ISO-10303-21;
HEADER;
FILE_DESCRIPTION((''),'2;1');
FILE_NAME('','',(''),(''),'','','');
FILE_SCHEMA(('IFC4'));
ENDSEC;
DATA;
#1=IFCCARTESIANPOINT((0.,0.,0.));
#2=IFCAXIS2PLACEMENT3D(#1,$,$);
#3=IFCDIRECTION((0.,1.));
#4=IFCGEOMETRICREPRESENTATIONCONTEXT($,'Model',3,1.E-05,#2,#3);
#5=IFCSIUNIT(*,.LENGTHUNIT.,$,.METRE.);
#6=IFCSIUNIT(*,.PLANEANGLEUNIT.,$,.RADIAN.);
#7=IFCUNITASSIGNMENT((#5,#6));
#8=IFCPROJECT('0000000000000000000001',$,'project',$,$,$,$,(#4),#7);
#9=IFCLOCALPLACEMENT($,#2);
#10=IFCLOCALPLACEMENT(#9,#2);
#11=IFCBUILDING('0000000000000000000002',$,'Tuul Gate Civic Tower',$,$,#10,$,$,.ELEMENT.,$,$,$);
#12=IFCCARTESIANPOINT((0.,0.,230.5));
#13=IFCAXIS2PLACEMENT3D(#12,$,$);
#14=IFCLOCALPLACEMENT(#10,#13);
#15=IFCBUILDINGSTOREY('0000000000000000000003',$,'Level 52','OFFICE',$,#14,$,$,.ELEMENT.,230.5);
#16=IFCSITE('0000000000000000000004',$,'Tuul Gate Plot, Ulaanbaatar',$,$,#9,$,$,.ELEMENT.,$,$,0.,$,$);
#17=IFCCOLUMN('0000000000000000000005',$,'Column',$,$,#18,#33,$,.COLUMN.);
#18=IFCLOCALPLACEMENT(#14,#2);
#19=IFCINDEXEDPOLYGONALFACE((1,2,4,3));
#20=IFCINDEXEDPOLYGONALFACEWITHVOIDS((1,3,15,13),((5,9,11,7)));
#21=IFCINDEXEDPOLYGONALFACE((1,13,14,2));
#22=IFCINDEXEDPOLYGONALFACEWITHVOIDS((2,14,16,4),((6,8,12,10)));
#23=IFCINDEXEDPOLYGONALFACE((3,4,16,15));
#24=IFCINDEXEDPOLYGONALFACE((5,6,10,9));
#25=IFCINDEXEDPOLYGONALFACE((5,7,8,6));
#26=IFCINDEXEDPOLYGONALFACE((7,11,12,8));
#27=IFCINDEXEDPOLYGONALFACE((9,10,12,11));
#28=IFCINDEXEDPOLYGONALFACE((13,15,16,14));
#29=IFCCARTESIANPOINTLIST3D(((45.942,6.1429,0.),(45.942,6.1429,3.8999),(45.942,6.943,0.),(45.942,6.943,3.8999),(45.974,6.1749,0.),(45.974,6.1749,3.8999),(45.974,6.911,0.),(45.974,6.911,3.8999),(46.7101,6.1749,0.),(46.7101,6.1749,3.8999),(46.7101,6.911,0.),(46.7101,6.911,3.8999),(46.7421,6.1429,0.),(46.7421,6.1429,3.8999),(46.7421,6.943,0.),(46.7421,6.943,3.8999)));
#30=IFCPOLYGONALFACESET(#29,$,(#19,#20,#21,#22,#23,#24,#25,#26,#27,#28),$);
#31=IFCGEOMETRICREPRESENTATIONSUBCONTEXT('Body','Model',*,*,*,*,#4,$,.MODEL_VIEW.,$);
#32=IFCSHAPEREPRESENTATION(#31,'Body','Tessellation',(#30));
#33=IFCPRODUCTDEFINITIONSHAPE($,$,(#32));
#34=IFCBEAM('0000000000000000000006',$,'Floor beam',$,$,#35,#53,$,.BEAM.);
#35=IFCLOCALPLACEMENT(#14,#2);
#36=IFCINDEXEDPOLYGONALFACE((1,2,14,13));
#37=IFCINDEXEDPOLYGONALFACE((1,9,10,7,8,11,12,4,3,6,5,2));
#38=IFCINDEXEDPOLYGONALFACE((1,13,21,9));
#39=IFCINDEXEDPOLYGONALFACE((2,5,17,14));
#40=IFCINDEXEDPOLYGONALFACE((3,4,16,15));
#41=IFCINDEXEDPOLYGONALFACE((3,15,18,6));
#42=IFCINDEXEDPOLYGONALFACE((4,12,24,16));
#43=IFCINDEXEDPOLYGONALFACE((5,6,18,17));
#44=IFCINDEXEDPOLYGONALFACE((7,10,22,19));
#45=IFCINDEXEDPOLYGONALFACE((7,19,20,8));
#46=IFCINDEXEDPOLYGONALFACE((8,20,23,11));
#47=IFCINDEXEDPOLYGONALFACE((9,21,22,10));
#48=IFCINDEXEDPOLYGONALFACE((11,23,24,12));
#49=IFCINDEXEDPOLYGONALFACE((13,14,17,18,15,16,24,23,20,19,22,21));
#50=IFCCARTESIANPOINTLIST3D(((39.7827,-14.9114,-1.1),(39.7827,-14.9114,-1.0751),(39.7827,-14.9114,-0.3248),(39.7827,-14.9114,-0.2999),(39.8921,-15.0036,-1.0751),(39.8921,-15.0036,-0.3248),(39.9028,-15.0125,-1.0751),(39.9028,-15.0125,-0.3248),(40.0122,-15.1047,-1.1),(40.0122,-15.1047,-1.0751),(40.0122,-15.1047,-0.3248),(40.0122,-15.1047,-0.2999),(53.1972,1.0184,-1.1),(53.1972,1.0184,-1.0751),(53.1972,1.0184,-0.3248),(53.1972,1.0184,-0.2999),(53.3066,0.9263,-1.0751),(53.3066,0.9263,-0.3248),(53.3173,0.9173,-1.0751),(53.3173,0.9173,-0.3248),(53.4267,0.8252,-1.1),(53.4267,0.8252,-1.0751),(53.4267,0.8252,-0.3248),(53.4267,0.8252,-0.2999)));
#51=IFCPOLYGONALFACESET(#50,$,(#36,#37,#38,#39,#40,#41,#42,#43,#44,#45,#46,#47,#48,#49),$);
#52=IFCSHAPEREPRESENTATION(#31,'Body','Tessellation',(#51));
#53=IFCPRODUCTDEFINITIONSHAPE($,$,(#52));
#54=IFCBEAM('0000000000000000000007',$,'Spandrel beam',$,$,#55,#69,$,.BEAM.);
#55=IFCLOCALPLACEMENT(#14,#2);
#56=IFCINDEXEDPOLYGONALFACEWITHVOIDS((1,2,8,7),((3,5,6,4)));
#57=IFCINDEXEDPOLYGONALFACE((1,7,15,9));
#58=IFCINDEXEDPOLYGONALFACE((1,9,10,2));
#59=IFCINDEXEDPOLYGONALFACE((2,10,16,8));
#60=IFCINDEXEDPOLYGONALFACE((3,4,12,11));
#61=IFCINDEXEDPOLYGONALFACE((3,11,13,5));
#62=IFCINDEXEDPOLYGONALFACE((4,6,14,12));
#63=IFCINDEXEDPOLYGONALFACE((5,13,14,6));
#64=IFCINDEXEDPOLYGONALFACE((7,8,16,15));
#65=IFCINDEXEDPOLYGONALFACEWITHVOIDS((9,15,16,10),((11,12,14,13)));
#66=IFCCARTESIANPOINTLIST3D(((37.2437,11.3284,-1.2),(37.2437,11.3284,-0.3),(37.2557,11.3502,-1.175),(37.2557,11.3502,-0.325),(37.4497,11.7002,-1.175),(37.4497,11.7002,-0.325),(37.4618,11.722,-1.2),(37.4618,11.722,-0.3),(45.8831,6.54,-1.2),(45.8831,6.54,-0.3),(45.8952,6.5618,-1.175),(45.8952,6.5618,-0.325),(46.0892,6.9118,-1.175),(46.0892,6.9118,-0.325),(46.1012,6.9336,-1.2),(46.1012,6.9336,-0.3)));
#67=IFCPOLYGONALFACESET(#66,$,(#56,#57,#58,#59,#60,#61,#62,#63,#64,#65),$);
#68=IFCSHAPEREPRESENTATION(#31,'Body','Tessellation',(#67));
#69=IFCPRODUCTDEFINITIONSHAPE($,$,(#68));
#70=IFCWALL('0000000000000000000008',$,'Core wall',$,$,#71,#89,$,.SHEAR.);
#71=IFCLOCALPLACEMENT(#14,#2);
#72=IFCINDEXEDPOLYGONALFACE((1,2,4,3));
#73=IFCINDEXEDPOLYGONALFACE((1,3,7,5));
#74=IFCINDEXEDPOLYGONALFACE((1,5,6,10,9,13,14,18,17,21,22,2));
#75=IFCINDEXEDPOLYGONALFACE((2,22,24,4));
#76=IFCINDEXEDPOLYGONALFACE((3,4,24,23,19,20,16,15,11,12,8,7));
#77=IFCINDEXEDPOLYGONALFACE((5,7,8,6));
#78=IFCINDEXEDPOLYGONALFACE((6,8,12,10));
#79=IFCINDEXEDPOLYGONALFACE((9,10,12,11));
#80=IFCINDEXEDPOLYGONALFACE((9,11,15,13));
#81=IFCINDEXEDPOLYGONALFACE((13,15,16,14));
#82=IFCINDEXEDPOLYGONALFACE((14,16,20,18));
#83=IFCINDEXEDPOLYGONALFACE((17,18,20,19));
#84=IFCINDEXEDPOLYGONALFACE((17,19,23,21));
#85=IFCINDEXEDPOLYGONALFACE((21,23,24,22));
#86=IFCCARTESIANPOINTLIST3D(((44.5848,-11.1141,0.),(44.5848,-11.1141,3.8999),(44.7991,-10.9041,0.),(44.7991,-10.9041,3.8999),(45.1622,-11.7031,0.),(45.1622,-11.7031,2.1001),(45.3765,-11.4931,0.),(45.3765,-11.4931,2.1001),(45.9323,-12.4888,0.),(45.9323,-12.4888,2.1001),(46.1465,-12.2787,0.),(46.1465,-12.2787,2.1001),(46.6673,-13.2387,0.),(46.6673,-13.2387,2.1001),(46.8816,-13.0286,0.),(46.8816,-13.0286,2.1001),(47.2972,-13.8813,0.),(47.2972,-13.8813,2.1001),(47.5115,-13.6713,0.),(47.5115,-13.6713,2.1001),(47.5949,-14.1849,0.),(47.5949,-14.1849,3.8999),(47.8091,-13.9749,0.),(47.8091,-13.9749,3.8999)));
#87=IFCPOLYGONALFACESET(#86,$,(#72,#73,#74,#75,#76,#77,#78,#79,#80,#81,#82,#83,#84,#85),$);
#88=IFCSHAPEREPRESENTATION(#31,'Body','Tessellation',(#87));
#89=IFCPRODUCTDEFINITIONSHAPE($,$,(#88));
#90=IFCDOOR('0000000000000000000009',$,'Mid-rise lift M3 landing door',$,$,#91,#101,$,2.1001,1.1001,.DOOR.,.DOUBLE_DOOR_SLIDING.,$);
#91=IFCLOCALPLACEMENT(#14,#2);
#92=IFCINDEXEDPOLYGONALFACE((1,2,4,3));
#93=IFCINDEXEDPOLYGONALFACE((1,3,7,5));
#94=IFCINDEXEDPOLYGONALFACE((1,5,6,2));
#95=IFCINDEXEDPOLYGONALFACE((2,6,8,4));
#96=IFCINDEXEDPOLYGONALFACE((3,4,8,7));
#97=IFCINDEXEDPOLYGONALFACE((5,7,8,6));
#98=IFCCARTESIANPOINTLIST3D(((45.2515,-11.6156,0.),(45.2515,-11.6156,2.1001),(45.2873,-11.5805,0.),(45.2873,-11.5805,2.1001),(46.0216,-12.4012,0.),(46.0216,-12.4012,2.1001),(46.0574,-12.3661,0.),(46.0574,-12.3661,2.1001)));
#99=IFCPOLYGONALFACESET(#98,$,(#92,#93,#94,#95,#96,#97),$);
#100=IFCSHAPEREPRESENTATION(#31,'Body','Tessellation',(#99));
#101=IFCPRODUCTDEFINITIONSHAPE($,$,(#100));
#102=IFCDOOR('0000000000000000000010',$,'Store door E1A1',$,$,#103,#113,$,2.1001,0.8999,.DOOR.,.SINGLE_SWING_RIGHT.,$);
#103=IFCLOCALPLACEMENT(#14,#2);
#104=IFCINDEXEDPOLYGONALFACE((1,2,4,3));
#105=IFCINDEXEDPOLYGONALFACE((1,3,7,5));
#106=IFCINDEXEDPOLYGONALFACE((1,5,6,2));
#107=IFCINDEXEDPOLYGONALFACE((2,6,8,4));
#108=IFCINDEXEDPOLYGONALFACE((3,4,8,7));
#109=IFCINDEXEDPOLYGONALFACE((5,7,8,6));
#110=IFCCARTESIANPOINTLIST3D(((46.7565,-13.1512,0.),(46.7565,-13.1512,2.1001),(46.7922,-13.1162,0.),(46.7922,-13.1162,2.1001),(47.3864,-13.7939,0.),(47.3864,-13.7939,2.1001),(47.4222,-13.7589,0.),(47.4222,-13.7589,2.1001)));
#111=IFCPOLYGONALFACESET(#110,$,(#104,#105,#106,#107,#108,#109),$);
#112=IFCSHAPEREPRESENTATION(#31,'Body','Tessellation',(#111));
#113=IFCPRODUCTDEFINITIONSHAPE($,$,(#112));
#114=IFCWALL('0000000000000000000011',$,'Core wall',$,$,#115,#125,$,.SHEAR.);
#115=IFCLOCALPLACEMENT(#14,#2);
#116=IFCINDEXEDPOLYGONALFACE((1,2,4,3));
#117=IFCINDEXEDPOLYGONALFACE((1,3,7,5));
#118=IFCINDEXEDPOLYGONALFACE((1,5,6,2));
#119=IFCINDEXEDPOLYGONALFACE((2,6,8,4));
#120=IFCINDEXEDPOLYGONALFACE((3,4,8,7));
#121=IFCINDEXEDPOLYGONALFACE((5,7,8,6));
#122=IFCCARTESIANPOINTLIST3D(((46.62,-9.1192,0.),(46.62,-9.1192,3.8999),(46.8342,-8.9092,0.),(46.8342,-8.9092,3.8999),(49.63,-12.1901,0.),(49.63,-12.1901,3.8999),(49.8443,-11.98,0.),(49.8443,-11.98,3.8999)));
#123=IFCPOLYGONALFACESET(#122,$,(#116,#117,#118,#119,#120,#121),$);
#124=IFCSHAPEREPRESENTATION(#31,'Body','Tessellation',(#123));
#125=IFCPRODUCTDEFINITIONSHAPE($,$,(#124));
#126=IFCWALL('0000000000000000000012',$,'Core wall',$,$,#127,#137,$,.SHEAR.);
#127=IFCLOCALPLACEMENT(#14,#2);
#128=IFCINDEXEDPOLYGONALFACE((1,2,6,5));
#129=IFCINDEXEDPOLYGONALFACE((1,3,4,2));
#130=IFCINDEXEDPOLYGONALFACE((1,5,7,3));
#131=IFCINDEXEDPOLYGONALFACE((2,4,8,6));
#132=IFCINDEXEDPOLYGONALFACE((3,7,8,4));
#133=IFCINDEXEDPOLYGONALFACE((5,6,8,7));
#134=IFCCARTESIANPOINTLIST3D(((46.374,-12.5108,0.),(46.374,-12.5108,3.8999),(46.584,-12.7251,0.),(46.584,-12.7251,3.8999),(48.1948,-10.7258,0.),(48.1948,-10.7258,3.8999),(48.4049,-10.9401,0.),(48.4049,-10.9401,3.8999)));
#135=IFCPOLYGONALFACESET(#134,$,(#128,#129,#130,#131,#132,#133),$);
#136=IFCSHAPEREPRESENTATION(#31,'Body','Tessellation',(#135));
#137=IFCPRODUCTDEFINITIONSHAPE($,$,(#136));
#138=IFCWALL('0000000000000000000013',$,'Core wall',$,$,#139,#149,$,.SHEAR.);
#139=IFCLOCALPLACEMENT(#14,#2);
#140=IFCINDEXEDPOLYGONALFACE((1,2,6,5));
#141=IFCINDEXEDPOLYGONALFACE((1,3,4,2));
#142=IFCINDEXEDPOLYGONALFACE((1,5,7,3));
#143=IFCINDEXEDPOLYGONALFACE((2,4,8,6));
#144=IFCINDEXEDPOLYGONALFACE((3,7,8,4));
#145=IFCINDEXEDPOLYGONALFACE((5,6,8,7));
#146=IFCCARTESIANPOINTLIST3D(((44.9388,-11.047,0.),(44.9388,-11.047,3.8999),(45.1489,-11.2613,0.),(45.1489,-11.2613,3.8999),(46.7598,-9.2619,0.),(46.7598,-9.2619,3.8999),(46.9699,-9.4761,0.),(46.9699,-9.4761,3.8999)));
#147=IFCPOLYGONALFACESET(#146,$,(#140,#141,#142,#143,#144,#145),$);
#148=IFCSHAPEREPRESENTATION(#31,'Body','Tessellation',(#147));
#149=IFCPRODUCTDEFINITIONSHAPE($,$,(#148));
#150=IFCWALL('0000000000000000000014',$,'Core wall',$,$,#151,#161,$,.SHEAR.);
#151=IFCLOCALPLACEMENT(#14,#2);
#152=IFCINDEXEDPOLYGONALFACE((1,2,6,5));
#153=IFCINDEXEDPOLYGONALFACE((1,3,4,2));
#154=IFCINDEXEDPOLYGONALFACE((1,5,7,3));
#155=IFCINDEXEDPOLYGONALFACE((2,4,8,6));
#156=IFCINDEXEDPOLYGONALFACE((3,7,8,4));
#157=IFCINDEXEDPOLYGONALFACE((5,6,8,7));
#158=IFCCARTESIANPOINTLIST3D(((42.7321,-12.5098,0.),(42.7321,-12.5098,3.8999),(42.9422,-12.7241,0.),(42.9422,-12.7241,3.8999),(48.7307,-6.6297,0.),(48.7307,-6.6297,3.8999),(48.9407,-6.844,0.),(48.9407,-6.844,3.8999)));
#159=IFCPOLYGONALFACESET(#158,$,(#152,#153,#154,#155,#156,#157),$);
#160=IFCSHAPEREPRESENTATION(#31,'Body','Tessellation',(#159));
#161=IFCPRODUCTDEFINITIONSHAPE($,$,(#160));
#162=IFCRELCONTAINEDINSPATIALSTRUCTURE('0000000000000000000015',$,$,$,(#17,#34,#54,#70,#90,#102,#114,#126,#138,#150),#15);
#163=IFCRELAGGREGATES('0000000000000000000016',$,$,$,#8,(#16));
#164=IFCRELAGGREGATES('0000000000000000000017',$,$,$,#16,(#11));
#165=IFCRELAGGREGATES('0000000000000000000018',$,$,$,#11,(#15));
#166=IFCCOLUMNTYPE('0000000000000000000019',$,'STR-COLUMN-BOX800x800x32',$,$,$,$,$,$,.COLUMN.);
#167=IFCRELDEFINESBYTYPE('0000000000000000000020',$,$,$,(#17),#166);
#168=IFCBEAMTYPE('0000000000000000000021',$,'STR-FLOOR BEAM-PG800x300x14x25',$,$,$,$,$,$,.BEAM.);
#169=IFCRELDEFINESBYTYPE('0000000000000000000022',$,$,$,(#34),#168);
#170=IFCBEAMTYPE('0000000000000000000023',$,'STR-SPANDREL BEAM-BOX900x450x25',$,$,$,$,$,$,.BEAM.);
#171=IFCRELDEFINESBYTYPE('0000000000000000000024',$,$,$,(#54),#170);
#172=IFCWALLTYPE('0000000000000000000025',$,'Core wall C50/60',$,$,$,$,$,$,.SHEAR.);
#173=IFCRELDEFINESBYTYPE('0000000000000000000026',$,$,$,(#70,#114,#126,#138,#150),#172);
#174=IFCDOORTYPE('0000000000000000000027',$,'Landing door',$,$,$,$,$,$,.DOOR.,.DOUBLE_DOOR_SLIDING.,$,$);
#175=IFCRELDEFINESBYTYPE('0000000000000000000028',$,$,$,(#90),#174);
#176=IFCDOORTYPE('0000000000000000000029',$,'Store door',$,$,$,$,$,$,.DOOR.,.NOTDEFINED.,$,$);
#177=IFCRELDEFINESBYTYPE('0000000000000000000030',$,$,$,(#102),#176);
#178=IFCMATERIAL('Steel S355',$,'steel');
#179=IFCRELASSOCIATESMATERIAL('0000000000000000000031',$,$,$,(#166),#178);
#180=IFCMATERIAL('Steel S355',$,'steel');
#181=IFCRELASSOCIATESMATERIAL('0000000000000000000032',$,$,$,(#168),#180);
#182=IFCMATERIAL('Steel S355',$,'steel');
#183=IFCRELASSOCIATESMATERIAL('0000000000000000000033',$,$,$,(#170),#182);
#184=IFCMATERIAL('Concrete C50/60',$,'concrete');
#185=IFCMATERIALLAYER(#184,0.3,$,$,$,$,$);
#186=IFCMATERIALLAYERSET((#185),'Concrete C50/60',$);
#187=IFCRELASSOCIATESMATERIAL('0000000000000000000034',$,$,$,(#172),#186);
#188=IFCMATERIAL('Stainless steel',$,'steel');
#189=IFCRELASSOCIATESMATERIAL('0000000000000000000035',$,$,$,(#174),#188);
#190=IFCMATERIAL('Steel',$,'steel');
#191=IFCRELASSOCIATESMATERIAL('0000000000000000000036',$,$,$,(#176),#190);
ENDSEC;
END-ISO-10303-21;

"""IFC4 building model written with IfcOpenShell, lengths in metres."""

from ifc_helpers import new_model, si_unit, direction, frame, frame_2d, origin, origin_2d, place, context, subcontext, project, spatial, rectangle, hollow_rectangle, i_section, extrude, material, layer, layer_set, material_profile, profile_set, type_object, element, fill, save


model = new_model("IFC4")

# Units and contexts
model_context = context("Model", 3, precision=1e-05, world=origin(), true_north=direction((0.0, 1.0)))
body_context = subcontext(model_context, "Body", "Model", "MODEL_VIEW")
ifc_project = project(units=[si_unit("LENGTHUNIT", "METRE"), si_unit("PLANEANGLEUNIT", "RADIAN")], contexts=[model_context])

# Site, building, storey
site_placement = place(None, origin())
site = spatial("IfcSite", under=ifc_project, at=site_placement, Name="Tuul Gate Plot, Ulaanbaatar", CompositionType="ELEMENT", RefElevation=0.0)
building_placement = place(site_placement, origin())
building = spatial("IfcBuilding", under=site, at=building_placement, Name="Tuul Gate Civic Tower", CompositionType="ELEMENT")
storey_placement = place(building_placement, frame((0.0, 0.0, 230.5)))
storey = spatial("IfcBuildingStorey", under=building, at=storey_placement, Name="Level 52", Description="OFFICE", CompositionType="ELEMENT", Elevation=230.5)

# Column
ifc_material_1 = material(Name="Steel S355", Category="steel")
ifc_material_profile_1 = material_profile(ifc_material_1, hollow_rectangle(XDim=0.8, YDim=0.8, WallThickness=0.032, at=origin_2d()), Name="BOX800x800x32")
ifc_profile_set_1 = profile_set([ifc_material_profile_1], Name="Steel S355")
column_type = type_object("IfcColumnType", Name="STR-COLUMN-BOX800x800x32", PredefinedType="COLUMN", material=ifc_profile_set_1)
column_placement = place(storey_placement, frame((46.342, 6.543, 0.0), z_axis=(0.0, 0.0, 1.0), x_axis=(1.0, 0.0, 0.0)))
element("IfcColumn", 1, at=column_placement, inside=storey, type_object=column_type, Name="Column", PredefinedType="COLUMN", context=body_context, shape_type="SweptSolid", body=[
    extrude(hollow_rectangle(XDim=0.8, YDim=0.8, WallThickness=0.032, at=origin_2d()), origin(), (0.0, 0.0, 1.0), 3.8999),
])

# Beams
ifc_material_2 = material(Name="Steel S355", Category="steel")
ifc_material_profile_2 = material_profile(ifc_material_2, i_section(OverallWidth=0.3, OverallDepth=0.8, WebThickness=0.0139, FlangeThickness=0.0249, at=origin_2d()), Name="PG800x300x14x25")
ifc_profile_set_2 = profile_set([ifc_material_profile_2], Name="Steel S355")
beam_type_1 = type_object("IfcBeamType", Name="STR-FLOOR BEAM-PG800x300x14x25", PredefinedType="BEAM", material=ifc_profile_set_2)
beam_1_placement = place(storey_placement, frame((39.8975, -15.0081, -0.7), z_axis=(0.644132, 0.764914, 0.0), x_axis=(-0.764914, 0.644132, 0.0)))
element("IfcBeam", 2, at=beam_1_placement, inside=storey, type_object=beam_type_1, Name="Floor beam", PredefinedType="BEAM", context=body_context, shape_type="SweptSolid", body=[
    extrude(i_section(OverallWidth=0.3, OverallDepth=0.8, WebThickness=0.0139, FlangeThickness=0.0249, at=origin_2d()), origin(), (0.0, 0.0, 1.0), 20.8257),
])
ifc_material_3 = material(Name="Steel S355", Category="steel")
ifc_material_profile_3 = material_profile(ifc_material_3, hollow_rectangle(XDim=0.45, YDim=0.8999, WallThickness=0.0249, at=origin_2d()), Name="BOX900x450x25")
ifc_profile_set_3 = profile_set([ifc_material_profile_3], Name="Steel S355")
beam_type_2 = type_object("IfcBeamType", Name="STR-SPANDREL BEAM-BOX900x450x25", PredefinedType="BEAM", material=ifc_profile_set_3)
beam_2_placement = place(storey_placement, frame((45.9922, 6.7368, -0.75), z_axis=(-0.874644, 0.484765, 0.0), x_axis=(-0.484765, -0.874644, 0.0)))
element("IfcBeam", 3, at=beam_2_placement, inside=storey, type_object=beam_type_2, Name="Spandrel beam", PredefinedType="BEAM", context=body_context, shape_type="SweptSolid", body=[
    extrude(hollow_rectangle(XDim=0.45, YDim=0.8999, WallThickness=0.0249, at=origin_2d()), origin(), (0.0, 0.0, 1.0), 9.8777),
])

# Wall, openings, doors
ifc_material_4 = material(Name="Concrete C50/60", Category="concrete")
ifc_layer_1 = layer(ifc_material_4, 0.3)
ifc_layer_set_1 = layer_set([ifc_layer_1], Name="Concrete C50/60")
wall_type_1 = type_object("IfcWallType", Name="Core wall C50/60", PredefinedType="SHEAR", material=ifc_layer_set_1)
wall_1_placement = place(storey_placement, frame((47.7019, -14.0798, 0.0), z_axis=(0.0, 0.0, 1.0), x_axis=(-0.700003, 0.71414, 0.0)))
wall_1 = element("IfcWall", 4, at=wall_1_placement, inside=storey, type_object=wall_type_1, Name="Core wall", PredefinedType="SHEAR", context=body_context, shape_type="SweptSolid", body=[
    extrude(rectangle(XDim=4.3, YDim=0.3, at=frame_2d((2.1499, 0.0))), origin(), (0.0, 0.0, 1.0), 3.8999),
])
opening_1_placement = place(wall_1_placement, frame((0.425, 0.0, 0.0)))
opening_1 = element("IfcOpeningElement", 5, at=opening_1_placement, cuts=wall_1, PredefinedType="OPENING", context=body_context, shape_type="SweptSolid", body=[
    extrude(rectangle(XDim=0.8999, YDim=2.1001, at=frame_2d((0.45, 1.05))), frame((0.0, 0.1602, 0.0), z_axis=(0.0, -1.0, 0.0), x_axis=(1.0, 0.0, 0.0)), (0.0, 0.0, 1.0), 0.3201),
])
opening_2_placement = place(wall_1_placement, frame((2.375, 0.0, 0.0)))
opening_2 = element("IfcOpeningElement", 6, at=opening_2_placement, cuts=wall_1, PredefinedType="OPENING", context=body_context, shape_type="SweptSolid", body=[
    extrude(rectangle(XDim=1.1001, YDim=2.1001, at=frame_2d((0.55, 1.05))), frame((0.0, 0.1602, 0.0), z_axis=(0.0, -1.0, 0.0), x_axis=(1.0, 0.0, 0.0)), (0.0, 0.0, 1.0), 0.3201),
])
ifc_material_5 = material(Name="Stainless steel", Category="steel")
door_type_1 = type_object("IfcDoorType", Name="Landing door", OperationType="DOUBLE_DOOR_SLIDING", PredefinedType="DOOR", material=ifc_material_5)
door_1_placement = place(opening_2_placement, origin())
door_1 = element("IfcDoor", 7, at=door_1_placement, inside=storey, type_object=door_type_1, Name="Mid-rise lift M3 landing door", OperationType="DOUBLE_DOOR_SLIDING", OverallHeight=2.1001, OverallWidth=1.1001, PredefinedType="DOOR", context=body_context, shape_type="SweptSolid", body=[
    extrude(rectangle(XDim=1.1001, YDim=2.1001, at=frame_2d((0.55, 1.05))), frame((0.0, 0.0249, 0.0), z_axis=(0.0, -1.0, 0.0), x_axis=(1.0, 0.0, 0.0)), (0.0, 0.0, 1.0), 0.05),
])
fill(opening_2, door_1)
ifc_material_6 = material(Name="Steel", Category="steel")
door_type_2 = type_object("IfcDoorType", Name="Store door", OperationType="NOTDEFINED", PredefinedType="DOOR", material=ifc_material_6)
door_2_placement = place(opening_1_placement, frame((0.8999, 0.0, 0.0), z_axis=(0.0, 0.0, 1.0), x_axis=(-1.0, 0.0, 0.0)))
door_2 = element("IfcDoor", 8, at=door_2_placement, inside=storey, type_object=door_type_2, Name="Store door E1A1", OperationType="SINGLE_SWING_RIGHT", OverallHeight=2.1001, OverallWidth=0.8999, PredefinedType="DOOR", context=body_context, shape_type="SweptSolid", body=[
    extrude(rectangle(XDim=0.8999, YDim=2.1001, at=frame_2d((0.45, 1.05))), frame((0.0, 0.0249, 0.0), z_axis=(0.0, -1.0, 0.0), x_axis=(1.0, 0.0, 0.0)), (0.0, 0.0, 1.0), 0.05),
])
fill(opening_1, door_2)

# Walls
wall_2_placement = place(storey_placement, frame((49.7371, -12.085, 0.0), z_axis=(0.0, 0.0, 1.0), x_axis=(-0.700003, 0.71414, 0.0)))
element("IfcWall", 9, at=wall_2_placement, inside=storey, type_object=wall_type_1, Name="Core wall", PredefinedType="SHEAR", context=body_context, shape_type="SweptSolid", body=[
    extrude(rectangle(XDim=4.3, YDim=0.3, at=frame_2d((2.1499, 0.0))), origin(), (0.0, 0.0, 1.0), 3.8999),
])
wall_3_placement = place(storey_placement, frame((46.479, -12.6179, 0.0), z_axis=(0.0, 0.0, 1.0), x_axis=(0.714109, 0.700034, 0.0)))
element("IfcWall", 10, at=wall_3_placement, inside=storey, type_object=wall_type_1, Name="Core wall", PredefinedType="SHEAR", context=body_context, shape_type="SweptSolid", body=[
    extrude(rectangle(XDim=2.5498, YDim=0.3, at=frame_2d((1.2749, 0.0))), origin(), (0.0, 0.0, 1.0), 3.8999),
])
wall_4_placement = place(storey_placement, frame((45.0439, -11.1541, 0.0), z_axis=(0.0, 0.0, 1.0), x_axis=(0.714108, 0.700035, 0.0)))
element("IfcWall", 11, at=wall_4_placement, inside=storey, type_object=wall_type_1, Name="Core wall", PredefinedType="SHEAR", context=body_context, shape_type="SweptSolid", body=[
    extrude(rectangle(XDim=2.55, YDim=0.3, at=frame_2d((1.2749, 0.0))), origin(), (0.0, 0.0, 1.0), 3.8999),
])
wall_5_placement = place(storey_placement, frame((42.8372, -12.6169, 0.0), z_axis=(0.0, 0.0, 1.0), x_axis=(0.71412, 0.700023, 0.0)))
element("IfcWall", 12, at=wall_5_placement, inside=storey, type_object=wall_type_1, Name="Core wall", PredefinedType="SHEAR", context=body_context, shape_type="SweptSolid", body=[
    extrude(rectangle(XDim=8.3999, YDim=0.3, at=frame_2d((4.2, 0.0))), origin(), (0.0, 0.0, 1.0), 3.8999),
])

save(model, "model.ifc")
